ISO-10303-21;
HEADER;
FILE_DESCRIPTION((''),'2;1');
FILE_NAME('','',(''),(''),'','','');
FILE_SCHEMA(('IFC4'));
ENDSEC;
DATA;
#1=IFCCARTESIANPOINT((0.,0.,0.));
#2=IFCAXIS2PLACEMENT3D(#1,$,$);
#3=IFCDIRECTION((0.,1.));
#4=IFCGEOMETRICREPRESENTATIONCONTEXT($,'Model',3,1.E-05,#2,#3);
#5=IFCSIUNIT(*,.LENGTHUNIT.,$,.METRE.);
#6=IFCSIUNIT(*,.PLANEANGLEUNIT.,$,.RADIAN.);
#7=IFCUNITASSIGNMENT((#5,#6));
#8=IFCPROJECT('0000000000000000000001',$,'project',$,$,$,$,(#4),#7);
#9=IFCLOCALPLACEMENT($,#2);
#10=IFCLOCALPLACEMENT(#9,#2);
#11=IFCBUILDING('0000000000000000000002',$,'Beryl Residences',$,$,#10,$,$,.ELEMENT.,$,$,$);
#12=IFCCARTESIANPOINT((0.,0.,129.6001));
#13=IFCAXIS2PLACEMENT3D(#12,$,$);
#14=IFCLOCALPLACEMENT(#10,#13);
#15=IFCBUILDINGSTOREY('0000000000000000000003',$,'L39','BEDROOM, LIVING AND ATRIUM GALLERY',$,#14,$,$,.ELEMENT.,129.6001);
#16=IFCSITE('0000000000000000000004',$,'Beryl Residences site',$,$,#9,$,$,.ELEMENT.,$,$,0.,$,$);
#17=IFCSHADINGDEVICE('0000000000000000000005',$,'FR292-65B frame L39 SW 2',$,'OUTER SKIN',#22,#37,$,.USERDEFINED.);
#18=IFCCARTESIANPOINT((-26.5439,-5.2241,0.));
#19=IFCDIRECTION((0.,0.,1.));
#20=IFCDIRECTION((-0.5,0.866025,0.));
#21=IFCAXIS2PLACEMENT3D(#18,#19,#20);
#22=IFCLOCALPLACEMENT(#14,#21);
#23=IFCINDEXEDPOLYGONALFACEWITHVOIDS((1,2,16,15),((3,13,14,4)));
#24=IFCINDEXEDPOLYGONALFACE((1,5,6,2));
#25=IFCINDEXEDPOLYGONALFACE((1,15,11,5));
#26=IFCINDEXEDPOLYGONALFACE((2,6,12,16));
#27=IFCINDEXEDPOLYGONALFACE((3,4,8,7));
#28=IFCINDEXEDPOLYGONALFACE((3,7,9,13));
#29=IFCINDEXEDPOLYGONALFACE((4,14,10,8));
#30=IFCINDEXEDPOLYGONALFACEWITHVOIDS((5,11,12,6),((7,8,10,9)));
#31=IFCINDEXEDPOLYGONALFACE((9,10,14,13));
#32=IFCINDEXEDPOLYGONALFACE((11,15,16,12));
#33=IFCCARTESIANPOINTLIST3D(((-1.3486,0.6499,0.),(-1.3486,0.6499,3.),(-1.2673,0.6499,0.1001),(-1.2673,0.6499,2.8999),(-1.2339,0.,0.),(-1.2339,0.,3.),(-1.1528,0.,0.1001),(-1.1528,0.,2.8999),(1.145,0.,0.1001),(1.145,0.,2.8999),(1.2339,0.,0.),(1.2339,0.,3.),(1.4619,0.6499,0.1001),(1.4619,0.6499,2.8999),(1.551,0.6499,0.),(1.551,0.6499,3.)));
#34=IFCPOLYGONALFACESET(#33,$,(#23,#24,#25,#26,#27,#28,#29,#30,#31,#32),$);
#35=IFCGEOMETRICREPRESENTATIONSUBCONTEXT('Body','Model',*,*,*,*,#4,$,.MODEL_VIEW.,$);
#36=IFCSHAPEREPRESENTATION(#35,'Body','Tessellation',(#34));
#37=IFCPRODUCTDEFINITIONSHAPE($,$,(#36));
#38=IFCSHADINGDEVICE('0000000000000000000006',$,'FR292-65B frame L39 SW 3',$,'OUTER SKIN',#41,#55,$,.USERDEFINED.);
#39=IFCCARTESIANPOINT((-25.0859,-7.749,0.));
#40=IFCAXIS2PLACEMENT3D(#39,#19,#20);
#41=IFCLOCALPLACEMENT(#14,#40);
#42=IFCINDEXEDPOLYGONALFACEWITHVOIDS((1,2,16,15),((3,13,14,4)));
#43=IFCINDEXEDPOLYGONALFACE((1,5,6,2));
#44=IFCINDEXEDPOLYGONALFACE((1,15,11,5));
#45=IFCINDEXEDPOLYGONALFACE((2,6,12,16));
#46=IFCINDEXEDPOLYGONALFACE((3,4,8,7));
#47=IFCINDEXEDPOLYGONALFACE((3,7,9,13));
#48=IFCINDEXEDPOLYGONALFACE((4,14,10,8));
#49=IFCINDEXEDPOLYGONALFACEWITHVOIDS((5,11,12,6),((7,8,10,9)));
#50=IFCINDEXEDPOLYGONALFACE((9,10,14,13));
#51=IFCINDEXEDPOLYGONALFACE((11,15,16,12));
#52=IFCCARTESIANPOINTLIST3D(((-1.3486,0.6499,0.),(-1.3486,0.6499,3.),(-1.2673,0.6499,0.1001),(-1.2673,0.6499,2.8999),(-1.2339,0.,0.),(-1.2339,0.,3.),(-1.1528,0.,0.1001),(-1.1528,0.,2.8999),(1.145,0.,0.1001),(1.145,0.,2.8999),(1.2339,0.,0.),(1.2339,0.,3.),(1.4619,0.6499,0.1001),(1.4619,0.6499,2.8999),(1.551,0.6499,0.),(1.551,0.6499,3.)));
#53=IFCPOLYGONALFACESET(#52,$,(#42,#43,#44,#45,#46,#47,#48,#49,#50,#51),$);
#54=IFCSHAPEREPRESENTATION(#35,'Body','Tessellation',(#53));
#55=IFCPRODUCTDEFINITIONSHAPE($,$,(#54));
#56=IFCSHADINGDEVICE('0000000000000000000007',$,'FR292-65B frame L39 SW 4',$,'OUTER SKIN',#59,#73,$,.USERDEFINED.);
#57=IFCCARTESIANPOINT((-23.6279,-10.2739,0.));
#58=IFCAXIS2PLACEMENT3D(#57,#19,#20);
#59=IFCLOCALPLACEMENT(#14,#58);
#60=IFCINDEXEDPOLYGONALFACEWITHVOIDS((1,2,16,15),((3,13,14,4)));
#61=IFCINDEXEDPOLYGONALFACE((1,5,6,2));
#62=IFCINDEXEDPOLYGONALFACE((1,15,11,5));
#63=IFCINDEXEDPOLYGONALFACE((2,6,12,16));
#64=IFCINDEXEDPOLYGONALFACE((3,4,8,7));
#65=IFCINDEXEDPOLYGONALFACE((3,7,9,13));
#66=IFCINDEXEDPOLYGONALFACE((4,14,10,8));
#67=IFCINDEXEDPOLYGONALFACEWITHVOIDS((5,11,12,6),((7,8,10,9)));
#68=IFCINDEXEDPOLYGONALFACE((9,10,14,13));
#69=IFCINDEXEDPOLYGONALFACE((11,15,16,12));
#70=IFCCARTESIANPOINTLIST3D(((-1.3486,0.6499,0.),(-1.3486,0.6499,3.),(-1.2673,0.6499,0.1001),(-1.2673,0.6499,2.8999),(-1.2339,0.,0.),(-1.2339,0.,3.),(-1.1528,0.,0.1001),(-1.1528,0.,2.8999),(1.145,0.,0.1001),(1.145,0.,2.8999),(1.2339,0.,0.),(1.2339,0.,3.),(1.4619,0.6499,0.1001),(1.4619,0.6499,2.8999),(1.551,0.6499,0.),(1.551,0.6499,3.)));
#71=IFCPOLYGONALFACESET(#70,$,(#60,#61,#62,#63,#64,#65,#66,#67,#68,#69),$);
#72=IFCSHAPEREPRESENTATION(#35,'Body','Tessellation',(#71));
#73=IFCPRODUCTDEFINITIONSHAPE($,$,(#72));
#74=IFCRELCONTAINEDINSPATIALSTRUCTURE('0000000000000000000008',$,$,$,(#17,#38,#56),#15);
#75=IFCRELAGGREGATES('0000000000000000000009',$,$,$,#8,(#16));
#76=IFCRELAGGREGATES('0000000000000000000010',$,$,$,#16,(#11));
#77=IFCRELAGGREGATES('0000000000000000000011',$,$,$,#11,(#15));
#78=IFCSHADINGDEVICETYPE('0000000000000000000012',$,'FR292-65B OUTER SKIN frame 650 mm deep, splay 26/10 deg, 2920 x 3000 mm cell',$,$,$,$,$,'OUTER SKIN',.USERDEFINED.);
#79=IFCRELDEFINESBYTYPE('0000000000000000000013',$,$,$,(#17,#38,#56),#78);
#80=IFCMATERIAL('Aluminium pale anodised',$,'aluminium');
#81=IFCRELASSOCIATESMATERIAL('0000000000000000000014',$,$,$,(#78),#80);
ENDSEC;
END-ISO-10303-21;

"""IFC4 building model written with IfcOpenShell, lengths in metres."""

from ifc_helpers import new_model, entity, si_unit, direction, frame, origin, place, context, subcontext, project, spatial, source, transform, mapped, material, type_object, type_shapes, element, save


model = new_model("IFC4")

# Units and contexts
model_context = context("Model", 3, precision=1e-05, world=origin(), true_north=direction((0.0, 1.0)))
body_context = subcontext(model_context, "Body", "Model", "MODEL_VIEW")
ifc_project = project(units=[si_unit("LENGTHUNIT", "METRE"), si_unit("PLANEANGLEUNIT", "RADIAN")], contexts=[model_context])

# Site, building, storey
site_placement = place(None, origin())
site = spatial("IfcSite", under=ifc_project, at=site_placement, Name="Beryl Residences site", CompositionType="ELEMENT", RefElevation=0.0)
building_placement = place(site_placement, origin())
building = spatial("IfcBuilding", under=site, at=building_placement, Name="Beryl Residences", CompositionType="ELEMENT")
storey_placement = place(building_placement, frame((0.0, 0.0, 129.6001)))
storey = spatial("IfcBuildingStorey", under=building, at=storey_placement, Name="L39", Description="BEDROOM, LIVING AND ATRIUM GALLERY", CompositionType="ELEMENT", Elevation=129.6001)

# Shading devices
ifc_material_1 = material(Name="Aluminium pale anodised", Category="aluminium")
shading_device_type = type_object("IfcShadingDeviceType", Name="FR292-65B OUTER SKIN frame 650 mm deep, splay 26/10 deg, 2920 x 3000 mm cell", ElementType="OUTER SKIN", PredefinedType="USERDEFINED", material=ifc_material_1)
cartesian_point_1 = entity("IfcCartesianPoint", [-1.2339, 0.0])
cartesian_point_2 = entity("IfcCartesianPoint", [-1.145, 0.1001])
cartesian_point_3 = entity("IfcCartesianPoint", [-1.551, 0.0])
cartesian_point_4 = entity("IfcCartesianPoint", [-1.4619, 0.1001])
shared_shape = source(origin(), body_context, "Body", "SweptSolid", [
    entity("IfcExtrudedAreaSolidTapered", entity("IfcArbitraryProfileDefWithVoids", "AREA", None, entity("IfcPolyline", [cartesian_point_1, entity("IfcCartesianPoint", [1.2339, 0.0]), entity("IfcCartesianPoint", [1.2339, 3.0]), entity("IfcCartesianPoint", [-1.2339, 3.0]), cartesian_point_1]), [entity("IfcPolyline", [cartesian_point_2, entity("IfcCartesianPoint", [1.1528, 0.1001]), entity("IfcCartesianPoint", [1.1528, 2.8999]), entity("IfcCartesianPoint", [-1.145, 2.8999]), cartesian_point_2])]), entity("IfcAxis2Placement3D", entity("IfcCartesianPoint", [0.0, 0.0, 0.0]), entity("IfcDirection", [0.0, 1.0, 0.0]), entity("IfcDirection", [-1.0, 0.0, 0.0])), entity("IfcDirection", [0.0, 0.0, 1.0]), 0.6499, entity("IfcArbitraryProfileDefWithVoids", "AREA", None, entity("IfcPolyline", [cartesian_point_3, entity("IfcCartesianPoint", [1.3486, 0.0]), entity("IfcCartesianPoint", [1.3486, 3.0]), entity("IfcCartesianPoint", [-1.551, 3.0]), cartesian_point_3]), [entity("IfcPolyline", [cartesian_point_4, entity("IfcCartesianPoint", [1.2673, 0.1001]), entity("IfcCartesianPoint", [1.2673, 2.8999]), entity("IfcCartesianPoint", [-1.4619, 2.8999]), cartesian_point_4])])),
])
type_shapes(shading_device_type, [shared_shape])
for number, where, z_axis, x_axis, name in (
    (1, (-26.5439, -5.2241, 0.0), (0.0, 0.0, 1.0), (-0.5, 0.866025, 0.0), "FR292-65B frame L39 SW 2"),
    (2, (-25.0859, -7.749, 0.0), (0.0, 0.0, 1.0), (-0.5, 0.866025, 0.0), "FR292-65B frame L39 SW 3"),
    (3, (-23.6279, -10.2739, 0.0), (0.0, 0.0, 1.0), (-0.5, 0.866025, 0.0), "FR292-65B frame L39 SW 4"),
):
    element("IfcShadingDevice", number, at=place(storey_placement, frame(where, z_axis=z_axis, x_axis=x_axis)), inside=storey, type_object=shading_device_type, Name=name, ObjectType="OUTER SKIN", PredefinedType="USERDEFINED", context=body_context, shape_type="MappedRepresentation", body=[
        mapped(shared_shape, transform((0.0, 0.0, 0.0))),
    ])

save(model, "model.ifc")
